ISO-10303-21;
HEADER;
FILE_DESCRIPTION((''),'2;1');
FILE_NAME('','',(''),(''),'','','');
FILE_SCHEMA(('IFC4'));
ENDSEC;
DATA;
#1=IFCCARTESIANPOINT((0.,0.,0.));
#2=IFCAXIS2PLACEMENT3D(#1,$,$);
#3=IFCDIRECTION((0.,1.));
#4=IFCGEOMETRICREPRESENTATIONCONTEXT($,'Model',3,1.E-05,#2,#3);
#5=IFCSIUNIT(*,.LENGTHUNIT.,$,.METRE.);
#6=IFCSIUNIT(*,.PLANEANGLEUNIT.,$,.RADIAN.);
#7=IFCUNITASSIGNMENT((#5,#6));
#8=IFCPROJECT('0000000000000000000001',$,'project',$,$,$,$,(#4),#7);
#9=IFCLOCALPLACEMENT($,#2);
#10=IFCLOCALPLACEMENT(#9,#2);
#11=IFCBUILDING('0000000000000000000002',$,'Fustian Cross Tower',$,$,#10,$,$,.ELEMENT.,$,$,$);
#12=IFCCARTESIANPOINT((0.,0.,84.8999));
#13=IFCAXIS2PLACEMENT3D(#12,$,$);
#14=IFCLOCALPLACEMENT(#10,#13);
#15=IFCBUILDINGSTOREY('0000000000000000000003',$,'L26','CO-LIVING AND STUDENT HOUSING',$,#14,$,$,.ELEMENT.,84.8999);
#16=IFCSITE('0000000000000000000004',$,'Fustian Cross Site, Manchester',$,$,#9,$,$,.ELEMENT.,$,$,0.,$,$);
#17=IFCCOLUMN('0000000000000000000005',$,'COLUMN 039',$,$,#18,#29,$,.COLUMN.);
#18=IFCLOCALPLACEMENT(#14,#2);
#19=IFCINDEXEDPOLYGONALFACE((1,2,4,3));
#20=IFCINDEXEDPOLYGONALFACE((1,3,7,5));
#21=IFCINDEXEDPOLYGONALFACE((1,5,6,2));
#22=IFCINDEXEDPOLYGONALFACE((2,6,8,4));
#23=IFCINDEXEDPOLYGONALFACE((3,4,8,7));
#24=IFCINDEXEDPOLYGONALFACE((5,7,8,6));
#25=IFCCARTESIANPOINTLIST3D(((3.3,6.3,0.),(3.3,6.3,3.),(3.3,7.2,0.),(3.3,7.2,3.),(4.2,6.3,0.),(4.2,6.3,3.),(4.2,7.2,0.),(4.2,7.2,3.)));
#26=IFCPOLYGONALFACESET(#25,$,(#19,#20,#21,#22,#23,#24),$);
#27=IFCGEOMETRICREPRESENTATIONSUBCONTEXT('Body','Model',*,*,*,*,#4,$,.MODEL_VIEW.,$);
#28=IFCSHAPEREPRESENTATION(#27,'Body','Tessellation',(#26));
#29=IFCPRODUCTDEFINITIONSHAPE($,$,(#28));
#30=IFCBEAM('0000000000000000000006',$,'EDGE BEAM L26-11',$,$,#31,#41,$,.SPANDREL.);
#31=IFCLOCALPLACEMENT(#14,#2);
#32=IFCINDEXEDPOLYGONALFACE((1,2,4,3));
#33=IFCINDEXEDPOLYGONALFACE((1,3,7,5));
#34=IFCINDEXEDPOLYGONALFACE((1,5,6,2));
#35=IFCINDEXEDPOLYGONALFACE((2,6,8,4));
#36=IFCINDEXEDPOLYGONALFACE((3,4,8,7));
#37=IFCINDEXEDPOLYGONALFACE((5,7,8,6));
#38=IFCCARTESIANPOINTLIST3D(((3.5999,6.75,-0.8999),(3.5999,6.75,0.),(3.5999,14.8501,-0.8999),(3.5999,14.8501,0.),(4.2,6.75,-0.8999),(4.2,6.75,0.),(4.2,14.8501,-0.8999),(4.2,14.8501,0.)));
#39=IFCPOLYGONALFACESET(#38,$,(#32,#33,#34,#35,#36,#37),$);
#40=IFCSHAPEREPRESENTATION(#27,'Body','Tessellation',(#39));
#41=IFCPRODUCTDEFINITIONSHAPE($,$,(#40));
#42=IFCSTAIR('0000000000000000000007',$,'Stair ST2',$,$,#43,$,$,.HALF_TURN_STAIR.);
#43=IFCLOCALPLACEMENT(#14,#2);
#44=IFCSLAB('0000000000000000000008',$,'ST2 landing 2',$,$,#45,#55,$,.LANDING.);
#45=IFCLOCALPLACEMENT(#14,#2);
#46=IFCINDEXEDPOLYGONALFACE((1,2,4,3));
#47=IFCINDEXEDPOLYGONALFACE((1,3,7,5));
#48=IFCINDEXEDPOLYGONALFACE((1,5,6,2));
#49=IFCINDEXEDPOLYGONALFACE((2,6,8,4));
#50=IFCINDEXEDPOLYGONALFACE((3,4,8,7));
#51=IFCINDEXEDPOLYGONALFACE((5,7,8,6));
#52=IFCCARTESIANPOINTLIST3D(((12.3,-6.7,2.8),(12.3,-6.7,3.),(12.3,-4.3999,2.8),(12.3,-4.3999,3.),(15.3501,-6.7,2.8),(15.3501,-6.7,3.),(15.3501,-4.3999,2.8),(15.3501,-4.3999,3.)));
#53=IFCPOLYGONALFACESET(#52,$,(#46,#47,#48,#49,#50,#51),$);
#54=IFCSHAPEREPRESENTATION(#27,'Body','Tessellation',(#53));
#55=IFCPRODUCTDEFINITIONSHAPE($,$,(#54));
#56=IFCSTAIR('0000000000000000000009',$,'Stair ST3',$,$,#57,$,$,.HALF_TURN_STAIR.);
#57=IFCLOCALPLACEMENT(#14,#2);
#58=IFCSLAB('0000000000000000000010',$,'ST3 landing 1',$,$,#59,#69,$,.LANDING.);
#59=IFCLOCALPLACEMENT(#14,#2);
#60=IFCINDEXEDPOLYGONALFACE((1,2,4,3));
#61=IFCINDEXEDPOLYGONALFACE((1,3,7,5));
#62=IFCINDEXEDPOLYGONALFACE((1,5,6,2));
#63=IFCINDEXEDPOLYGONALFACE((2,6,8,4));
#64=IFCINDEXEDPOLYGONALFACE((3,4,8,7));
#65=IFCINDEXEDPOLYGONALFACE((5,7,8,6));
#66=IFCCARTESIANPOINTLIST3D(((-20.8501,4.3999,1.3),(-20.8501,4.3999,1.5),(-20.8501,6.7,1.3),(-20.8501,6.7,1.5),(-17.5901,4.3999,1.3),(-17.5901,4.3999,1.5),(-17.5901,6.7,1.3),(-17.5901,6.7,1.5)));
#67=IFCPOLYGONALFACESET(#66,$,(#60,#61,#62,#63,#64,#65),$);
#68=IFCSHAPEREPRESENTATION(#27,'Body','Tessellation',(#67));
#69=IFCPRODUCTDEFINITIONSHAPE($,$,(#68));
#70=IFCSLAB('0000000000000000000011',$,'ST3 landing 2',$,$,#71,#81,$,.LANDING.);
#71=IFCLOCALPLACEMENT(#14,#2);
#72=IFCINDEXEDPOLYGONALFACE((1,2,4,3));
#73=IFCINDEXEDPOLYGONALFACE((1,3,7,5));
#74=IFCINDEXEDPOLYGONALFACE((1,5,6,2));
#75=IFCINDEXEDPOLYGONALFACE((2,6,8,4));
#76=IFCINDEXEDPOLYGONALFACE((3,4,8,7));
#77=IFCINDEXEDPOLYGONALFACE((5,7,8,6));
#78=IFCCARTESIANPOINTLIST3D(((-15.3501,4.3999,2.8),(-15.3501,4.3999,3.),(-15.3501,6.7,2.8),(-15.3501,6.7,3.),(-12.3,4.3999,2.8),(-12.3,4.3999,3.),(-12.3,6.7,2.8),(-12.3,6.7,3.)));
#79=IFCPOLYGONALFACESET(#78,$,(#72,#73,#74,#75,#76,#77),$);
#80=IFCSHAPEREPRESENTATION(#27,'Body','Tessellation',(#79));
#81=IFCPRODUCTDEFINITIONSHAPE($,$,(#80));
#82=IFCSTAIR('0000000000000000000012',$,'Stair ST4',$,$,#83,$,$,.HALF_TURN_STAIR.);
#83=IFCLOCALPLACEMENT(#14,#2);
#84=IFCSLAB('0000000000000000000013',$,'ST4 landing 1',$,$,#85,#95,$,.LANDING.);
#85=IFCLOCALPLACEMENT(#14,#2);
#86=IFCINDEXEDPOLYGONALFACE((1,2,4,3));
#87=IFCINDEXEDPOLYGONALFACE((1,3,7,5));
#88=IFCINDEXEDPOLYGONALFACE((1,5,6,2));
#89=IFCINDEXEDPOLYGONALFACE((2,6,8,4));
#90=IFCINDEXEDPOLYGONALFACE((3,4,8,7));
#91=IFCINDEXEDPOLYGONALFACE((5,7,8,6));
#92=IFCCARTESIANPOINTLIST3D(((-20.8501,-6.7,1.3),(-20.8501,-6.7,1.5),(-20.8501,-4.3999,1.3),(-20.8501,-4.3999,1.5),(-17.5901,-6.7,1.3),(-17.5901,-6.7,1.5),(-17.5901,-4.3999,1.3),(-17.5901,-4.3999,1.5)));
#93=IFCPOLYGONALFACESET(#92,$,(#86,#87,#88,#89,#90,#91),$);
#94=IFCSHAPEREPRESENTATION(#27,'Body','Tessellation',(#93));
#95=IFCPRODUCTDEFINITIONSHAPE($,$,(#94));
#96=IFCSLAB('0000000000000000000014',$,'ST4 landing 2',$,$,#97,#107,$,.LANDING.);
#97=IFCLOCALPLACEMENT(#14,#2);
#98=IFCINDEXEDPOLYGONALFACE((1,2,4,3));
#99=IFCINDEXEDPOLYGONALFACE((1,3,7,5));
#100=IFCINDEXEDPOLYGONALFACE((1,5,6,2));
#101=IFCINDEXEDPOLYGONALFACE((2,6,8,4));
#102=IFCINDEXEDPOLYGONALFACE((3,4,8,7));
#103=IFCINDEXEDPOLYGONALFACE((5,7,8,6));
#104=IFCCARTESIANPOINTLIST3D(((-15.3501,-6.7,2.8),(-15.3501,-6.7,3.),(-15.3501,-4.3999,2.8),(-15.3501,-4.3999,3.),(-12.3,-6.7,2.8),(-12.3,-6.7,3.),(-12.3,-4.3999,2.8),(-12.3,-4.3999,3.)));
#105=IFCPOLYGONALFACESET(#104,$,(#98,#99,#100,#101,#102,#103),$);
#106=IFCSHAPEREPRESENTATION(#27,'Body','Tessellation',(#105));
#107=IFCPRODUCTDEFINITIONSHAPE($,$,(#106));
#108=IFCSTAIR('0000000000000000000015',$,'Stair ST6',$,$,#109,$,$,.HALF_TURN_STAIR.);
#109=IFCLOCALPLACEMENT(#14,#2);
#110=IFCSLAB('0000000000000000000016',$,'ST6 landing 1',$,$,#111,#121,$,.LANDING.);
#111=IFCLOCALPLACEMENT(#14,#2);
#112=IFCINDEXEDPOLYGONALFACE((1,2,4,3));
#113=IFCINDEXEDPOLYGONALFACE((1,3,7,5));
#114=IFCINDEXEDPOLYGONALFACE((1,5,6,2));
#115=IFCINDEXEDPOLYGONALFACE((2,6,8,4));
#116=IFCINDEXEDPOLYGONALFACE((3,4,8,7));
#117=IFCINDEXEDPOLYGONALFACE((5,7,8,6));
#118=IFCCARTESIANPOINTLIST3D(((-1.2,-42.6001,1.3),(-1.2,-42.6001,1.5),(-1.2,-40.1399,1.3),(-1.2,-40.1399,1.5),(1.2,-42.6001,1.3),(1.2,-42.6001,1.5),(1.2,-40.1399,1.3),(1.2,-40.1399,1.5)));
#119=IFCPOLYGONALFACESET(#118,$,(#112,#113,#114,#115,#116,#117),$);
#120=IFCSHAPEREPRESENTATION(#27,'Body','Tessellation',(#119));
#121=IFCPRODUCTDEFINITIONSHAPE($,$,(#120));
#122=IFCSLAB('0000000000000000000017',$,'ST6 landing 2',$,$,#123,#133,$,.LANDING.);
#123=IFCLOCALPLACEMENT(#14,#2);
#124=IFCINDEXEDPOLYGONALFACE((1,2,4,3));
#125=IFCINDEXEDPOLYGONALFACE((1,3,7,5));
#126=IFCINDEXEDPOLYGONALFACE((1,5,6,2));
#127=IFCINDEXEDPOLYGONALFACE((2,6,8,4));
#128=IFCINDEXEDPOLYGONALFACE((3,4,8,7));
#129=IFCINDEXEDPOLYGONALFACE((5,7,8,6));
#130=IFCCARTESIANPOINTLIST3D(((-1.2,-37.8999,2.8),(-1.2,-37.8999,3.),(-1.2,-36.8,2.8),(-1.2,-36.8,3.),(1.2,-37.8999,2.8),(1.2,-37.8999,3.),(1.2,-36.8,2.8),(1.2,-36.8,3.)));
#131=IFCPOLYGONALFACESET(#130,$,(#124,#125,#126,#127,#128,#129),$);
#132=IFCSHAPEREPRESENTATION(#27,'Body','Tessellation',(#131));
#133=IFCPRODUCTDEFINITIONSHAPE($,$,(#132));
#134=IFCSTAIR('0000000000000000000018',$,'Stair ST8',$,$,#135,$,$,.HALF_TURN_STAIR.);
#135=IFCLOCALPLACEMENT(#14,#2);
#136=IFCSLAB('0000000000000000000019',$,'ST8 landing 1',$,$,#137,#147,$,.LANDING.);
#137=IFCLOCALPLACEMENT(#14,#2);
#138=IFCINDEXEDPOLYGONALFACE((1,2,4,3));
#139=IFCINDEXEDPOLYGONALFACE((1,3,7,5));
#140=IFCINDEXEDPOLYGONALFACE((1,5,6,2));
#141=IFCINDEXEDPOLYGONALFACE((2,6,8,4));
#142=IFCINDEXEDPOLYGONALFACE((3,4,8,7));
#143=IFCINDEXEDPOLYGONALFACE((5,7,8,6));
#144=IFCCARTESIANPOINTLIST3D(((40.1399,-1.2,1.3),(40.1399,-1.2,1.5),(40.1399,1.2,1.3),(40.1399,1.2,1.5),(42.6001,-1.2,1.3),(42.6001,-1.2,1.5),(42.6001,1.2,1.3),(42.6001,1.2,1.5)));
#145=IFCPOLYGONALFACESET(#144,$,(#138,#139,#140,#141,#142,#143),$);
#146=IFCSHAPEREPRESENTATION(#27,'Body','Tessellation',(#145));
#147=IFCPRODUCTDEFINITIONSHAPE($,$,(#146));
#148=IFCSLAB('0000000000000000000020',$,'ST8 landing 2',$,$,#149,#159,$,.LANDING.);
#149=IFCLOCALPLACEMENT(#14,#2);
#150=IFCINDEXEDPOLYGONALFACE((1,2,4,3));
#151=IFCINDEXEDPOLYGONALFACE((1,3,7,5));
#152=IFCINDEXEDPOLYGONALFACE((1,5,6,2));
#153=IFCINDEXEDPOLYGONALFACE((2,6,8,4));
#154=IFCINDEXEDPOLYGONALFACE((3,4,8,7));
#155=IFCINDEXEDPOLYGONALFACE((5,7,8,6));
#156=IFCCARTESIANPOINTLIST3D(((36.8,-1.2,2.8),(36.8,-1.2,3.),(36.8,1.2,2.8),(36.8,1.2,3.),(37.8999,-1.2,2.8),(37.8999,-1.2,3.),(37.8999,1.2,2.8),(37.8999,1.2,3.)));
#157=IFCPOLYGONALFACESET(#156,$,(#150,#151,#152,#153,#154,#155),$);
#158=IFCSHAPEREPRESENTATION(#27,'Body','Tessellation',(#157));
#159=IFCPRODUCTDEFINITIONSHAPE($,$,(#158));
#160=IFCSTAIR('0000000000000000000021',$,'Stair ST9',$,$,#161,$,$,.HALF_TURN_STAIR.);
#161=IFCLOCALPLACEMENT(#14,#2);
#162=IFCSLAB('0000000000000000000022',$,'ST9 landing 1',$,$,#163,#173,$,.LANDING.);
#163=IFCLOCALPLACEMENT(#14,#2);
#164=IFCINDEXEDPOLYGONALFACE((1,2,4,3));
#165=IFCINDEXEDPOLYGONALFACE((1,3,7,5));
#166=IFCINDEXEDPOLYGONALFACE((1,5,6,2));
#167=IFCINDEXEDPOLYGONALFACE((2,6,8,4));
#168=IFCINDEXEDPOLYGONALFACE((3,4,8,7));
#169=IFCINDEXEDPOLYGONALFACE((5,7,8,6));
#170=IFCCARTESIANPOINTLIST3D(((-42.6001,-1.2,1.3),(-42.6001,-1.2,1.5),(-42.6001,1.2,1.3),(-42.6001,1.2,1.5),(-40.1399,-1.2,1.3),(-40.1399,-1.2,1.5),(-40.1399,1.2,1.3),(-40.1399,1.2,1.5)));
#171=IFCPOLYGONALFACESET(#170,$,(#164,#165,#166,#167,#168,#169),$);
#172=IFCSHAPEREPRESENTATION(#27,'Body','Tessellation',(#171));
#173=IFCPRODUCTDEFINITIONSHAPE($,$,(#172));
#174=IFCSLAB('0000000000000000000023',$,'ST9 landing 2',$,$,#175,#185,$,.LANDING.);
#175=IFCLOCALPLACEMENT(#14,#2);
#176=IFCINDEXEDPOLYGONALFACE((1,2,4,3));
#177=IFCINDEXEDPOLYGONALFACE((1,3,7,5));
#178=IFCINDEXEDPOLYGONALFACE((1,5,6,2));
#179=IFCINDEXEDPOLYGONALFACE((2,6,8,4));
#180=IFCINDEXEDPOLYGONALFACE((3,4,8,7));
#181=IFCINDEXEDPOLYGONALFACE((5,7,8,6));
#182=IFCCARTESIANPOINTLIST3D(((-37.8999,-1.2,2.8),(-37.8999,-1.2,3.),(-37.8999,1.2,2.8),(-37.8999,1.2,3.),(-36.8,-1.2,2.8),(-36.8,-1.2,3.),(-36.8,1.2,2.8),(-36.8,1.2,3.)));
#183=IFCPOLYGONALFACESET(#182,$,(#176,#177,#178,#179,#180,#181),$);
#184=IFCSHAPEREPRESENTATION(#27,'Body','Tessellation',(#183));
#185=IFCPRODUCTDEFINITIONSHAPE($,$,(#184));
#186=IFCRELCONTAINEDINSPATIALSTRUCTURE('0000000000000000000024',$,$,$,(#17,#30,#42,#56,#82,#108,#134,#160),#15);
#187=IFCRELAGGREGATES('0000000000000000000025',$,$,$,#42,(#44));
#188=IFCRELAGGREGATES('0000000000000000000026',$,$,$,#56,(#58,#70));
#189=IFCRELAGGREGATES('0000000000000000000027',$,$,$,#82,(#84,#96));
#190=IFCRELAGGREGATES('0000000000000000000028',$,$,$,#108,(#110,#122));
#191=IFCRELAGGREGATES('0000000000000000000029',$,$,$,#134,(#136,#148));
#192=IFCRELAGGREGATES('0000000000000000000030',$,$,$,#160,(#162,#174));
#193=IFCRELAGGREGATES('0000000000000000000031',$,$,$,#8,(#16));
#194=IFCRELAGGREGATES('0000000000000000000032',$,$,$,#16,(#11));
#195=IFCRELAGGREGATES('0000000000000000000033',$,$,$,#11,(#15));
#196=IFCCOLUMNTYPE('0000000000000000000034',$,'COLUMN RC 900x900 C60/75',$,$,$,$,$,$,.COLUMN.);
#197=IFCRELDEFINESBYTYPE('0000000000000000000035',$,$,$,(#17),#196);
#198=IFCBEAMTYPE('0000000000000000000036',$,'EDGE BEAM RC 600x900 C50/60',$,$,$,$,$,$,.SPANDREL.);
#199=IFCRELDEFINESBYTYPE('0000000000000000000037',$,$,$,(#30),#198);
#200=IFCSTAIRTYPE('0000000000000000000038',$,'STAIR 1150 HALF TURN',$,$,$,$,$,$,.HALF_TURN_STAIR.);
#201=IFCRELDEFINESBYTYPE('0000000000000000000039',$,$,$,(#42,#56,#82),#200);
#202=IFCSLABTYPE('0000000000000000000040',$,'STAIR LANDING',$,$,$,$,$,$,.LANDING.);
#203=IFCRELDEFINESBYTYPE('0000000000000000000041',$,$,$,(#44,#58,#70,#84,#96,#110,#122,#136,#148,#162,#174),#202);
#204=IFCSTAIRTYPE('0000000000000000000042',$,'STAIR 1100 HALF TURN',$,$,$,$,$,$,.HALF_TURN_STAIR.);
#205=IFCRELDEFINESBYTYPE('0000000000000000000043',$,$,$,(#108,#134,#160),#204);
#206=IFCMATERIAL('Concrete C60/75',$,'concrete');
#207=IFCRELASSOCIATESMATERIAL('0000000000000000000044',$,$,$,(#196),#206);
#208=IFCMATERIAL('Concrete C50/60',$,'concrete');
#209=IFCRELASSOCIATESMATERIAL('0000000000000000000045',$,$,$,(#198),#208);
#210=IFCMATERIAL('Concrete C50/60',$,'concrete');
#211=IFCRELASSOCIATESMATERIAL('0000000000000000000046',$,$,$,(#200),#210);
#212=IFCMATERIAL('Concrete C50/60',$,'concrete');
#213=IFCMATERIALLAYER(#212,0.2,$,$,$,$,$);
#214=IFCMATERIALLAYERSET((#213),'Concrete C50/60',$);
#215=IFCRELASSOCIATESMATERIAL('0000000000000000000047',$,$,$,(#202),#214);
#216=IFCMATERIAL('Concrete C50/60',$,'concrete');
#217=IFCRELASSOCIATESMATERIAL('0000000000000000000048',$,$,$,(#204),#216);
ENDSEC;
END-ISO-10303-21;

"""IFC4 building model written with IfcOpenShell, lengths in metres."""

from ifc_helpers import new_model, si_unit, direction, frame, origin, origin_2d, place, context, subcontext, project, spatial, polyline, rectangle, outline, extrude, material, layer, layer_set, material_profile, profile_set, type_object, element, aggregate, save


model = new_model("IFC4")

# Units and contexts
model_context = context("Model", 3, precision=1e-05, world=origin(), true_north=direction((0.0, 1.0)))
body_context = subcontext(model_context, "Body", "Model", "MODEL_VIEW")
ifc_project = project(units=[si_unit("LENGTHUNIT", "METRE"), si_unit("PLANEANGLEUNIT", "RADIAN")], contexts=[model_context])

# Site, building, storey
site_placement = place(None, origin())
site = spatial("IfcSite", under=ifc_project, at=site_placement, Name="Fustian Cross Site, Manchester", CompositionType="ELEMENT", RefElevation=0.0)
building_placement = place(site_placement, origin())
building = spatial("IfcBuilding", under=site, at=building_placement, Name="Fustian Cross Tower", CompositionType="ELEMENT")
storey_placement = place(building_placement, frame((0.0, 0.0, 84.8999)))
storey = spatial("IfcBuildingStorey", under=building, at=storey_placement, Name="L26", Description="CO-LIVING AND STUDENT HOUSING", CompositionType="ELEMENT", Elevation=84.8999)

# Column
ifc_material_1 = material(Name="Concrete C60/75", Category="concrete")
ifc_material_profile_1 = material_profile(ifc_material_1, rectangle(XDim=0.8999, YDim=0.8999, at=origin_2d()), Name="RC 900x900")
ifc_profile_set_1 = profile_set([ifc_material_profile_1], Name="Concrete C60/75")
column_type = type_object("IfcColumnType", Name="COLUMN RC 900x900 C60/75", PredefinedType="COLUMN", material=ifc_profile_set_1)
column_placement = place(storey_placement, frame((3.75, 6.75, 0.0), z_axis=(0.0, 0.0, 1.0), x_axis=(1.0, 0.0, 0.0)))
element("IfcColumn", 1, at=column_placement, inside=storey, type_object=column_type, Name="COLUMN 039", PredefinedType="COLUMN", context=body_context, shape_type="SweptSolid", body=[
    extrude(rectangle(XDim=0.8999, YDim=0.8999, at=origin_2d()), origin(), (0.0, 0.0, 1.0), 3.0),
])

# Beam
ifc_material_2 = material(Name="Concrete C50/60", Category="concrete")
ifc_material_profile_2 = material_profile(ifc_material_2, rectangle(XDim=0.6001, YDim=0.8999, at=origin_2d()), Name="RC 600x900")
ifc_profile_set_2 = profile_set([ifc_material_profile_2], Name="Concrete C50/60")
beam_type = type_object("IfcBeamType", Name="EDGE BEAM RC 600x900 C50/60", PredefinedType="SPANDREL", material=ifc_profile_set_2)
beam_placement = place(storey_placement, frame((3.8999, 6.75, -0.45), z_axis=(0.0, 1.0, 0.0), x_axis=(-1.0, 0.0, 0.0)))
element("IfcBeam", 2, at=beam_placement, inside=storey, type_object=beam_type, Name="EDGE BEAM L26-11", PredefinedType="SPANDREL", context=body_context, shape_type="SweptSolid", body=[
    extrude(rectangle(XDim=0.6001, YDim=0.8999, at=origin_2d()), origin(), (0.0, 0.0, 1.0), 8.1001),
])

# Stair, slab
ifc_material_3 = material(Name="Concrete C50/60", Category="concrete")
stair_type_1 = type_object("IfcStairType", Name="STAIR 1150 HALF TURN", PredefinedType="HALF_TURN_STAIR", material=ifc_material_3)
stair_1_placement = place(storey_placement, origin())
stair_1 = element("IfcStair", 3, at=stair_1_placement, inside=storey, type_object=stair_type_1, Name="Stair ST2", PredefinedType="HALF_TURN_STAIR")
ifc_material_4 = material(Name="Concrete C50/60", Category="concrete")
ifc_layer_1 = layer(ifc_material_4, 0.2)
ifc_layer_set_1 = layer_set([ifc_layer_1], Name="Concrete C50/60")
slab_type = type_object("IfcSlabType", Name="STAIR LANDING", PredefinedType="LANDING", material=ifc_layer_set_1)
slab_1_placement = place(storey_placement, frame((0.0, 0.0, 2.8)))
slab_1 = element("IfcSlab", 4, at=slab_1_placement, type_object=slab_type, Name="ST2 landing 2", PredefinedType="LANDING", context=body_context, shape_type="SweptSolid", body=[
    extrude(outline(polyline([(12.3, -4.3999), (15.3501, -4.3999), (15.3501, -6.7), (12.3, -6.7), (12.3, -4.3999)])), origin(), (0.0, 0.0, 1.0), 0.2),
])
aggregate(stair_1, [slab_1])

# Stairs, slabs
stair_2_placement = place(storey_placement, origin())
stair_2 = element("IfcStair", 5, at=stair_2_placement, inside=storey, type_object=stair_type_1, Name="Stair ST3", PredefinedType="HALF_TURN_STAIR")
slab_2_placement = place(storey_placement, frame((0.0, 0.0, 1.3)))
slab_2 = element("IfcSlab", 6, at=slab_2_placement, type_object=slab_type, Name="ST3 landing 1", PredefinedType="LANDING", context=body_context, shape_type="SweptSolid", body=[
    extrude(outline(polyline([(-17.5901, 4.3999), (-20.8501, 4.3999), (-20.8501, 6.7), (-17.5901, 6.7), (-17.5901, 4.3999)])), origin(), (0.0, 0.0, 1.0), 0.2),
])
slab_3_placement = place(storey_placement, frame((0.0, 0.0, 2.8)))
slab_3 = element("IfcSlab", 7, at=slab_3_placement, type_object=slab_type, Name="ST3 landing 2", PredefinedType="LANDING", context=body_context, shape_type="SweptSolid", body=[
    extrude(outline(polyline([(-12.3, 4.3999), (-15.3501, 4.3999), (-15.3501, 6.7), (-12.3, 6.7), (-12.3, 4.3999)])), origin(), (0.0, 0.0, 1.0), 0.2),
])
aggregate(stair_2, [slab_2, slab_3])
stair_3_placement = place(storey_placement, origin())
stair_3 = element("IfcStair", 8, at=stair_3_placement, inside=storey, type_object=stair_type_1, Name="Stair ST4", PredefinedType="HALF_TURN_STAIR")
slab_4_placement = place(storey_placement, frame((0.0, 0.0, 1.3)))
slab_4 = element("IfcSlab", 9, at=slab_4_placement, type_object=slab_type, Name="ST4 landing 1", PredefinedType="LANDING", context=body_context, shape_type="SweptSolid", body=[
    extrude(outline(polyline([(-17.5901, -4.3999), (-20.8501, -4.3999), (-20.8501, -6.7), (-17.5901, -6.7), (-17.5901, -4.3999)])), origin(), (0.0, 0.0, 1.0), 0.2),
])
slab_5_placement = place(storey_placement, frame((0.0, 0.0, 2.8)))
slab_5 = element("IfcSlab", 10, at=slab_5_placement, type_object=slab_type, Name="ST4 landing 2", PredefinedType="LANDING", context=body_context, shape_type="SweptSolid", body=[
    extrude(outline(polyline([(-12.3, -4.3999), (-15.3501, -4.3999), (-15.3501, -6.7), (-12.3, -6.7), (-12.3, -4.3999)])), origin(), (0.0, 0.0, 1.0), 0.2),
])
aggregate(stair_3, [slab_4, slab_5])
ifc_material_5 = material(Name="Concrete C50/60", Category="concrete")
stair_type_2 = type_object("IfcStairType", Name="STAIR 1100 HALF TURN", PredefinedType="HALF_TURN_STAIR", material=ifc_material_5)
stair_4_placement = place(storey_placement, origin())
stair_4 = element("IfcStair", 11, at=stair_4_placement, inside=storey, type_object=stair_type_2, Name="Stair ST6", PredefinedType="HALF_TURN_STAIR")
slab_6_placement = place(storey_placement, frame((0.0, 0.0, 1.3)))
slab_6 = element("IfcSlab", 12, at=slab_6_placement, type_object=slab_type, Name="ST6 landing 1", PredefinedType="LANDING", context=body_context, shape_type="SweptSolid", body=[
    extrude(outline(polyline([(-1.2, -40.1399), (-1.2, -42.6001), (1.2, -42.6001), (1.2, -40.1399), (-1.2, -40.1399)])), origin(), (0.0, 0.0, 1.0), 0.2),
])
slab_7_placement = place(storey_placement, frame((0.0, 0.0, 2.8)))
slab_7 = element("IfcSlab", 13, at=slab_7_placement, type_object=slab_type, Name="ST6 landing 2", PredefinedType="LANDING", context=body_context, shape_type="SweptSolid", body=[
    extrude(outline(polyline([(-1.2, -36.8), (-1.2, -37.8999), (1.2, -37.8999), (1.2, -36.8), (-1.2, -36.8)])), origin(), (0.0, 0.0, 1.0), 0.2),
])
aggregate(stair_4, [slab_6, slab_7])
stair_5_placement = place(storey_placement, origin())
stair_5 = element("IfcStair", 14, at=stair_5_placement, inside=storey, type_object=stair_type_2, Name="Stair ST8", PredefinedType="HALF_TURN_STAIR")
slab_8_placement = place(storey_placement, frame((0.0, 0.0, 1.3)))
slab_8 = element("IfcSlab", 15, at=slab_8_placement, type_object=slab_type, Name="ST8 landing 1", PredefinedType="LANDING", context=body_context, shape_type="SweptSolid", body=[
    extrude(outline(polyline([(40.1399, -1.2), (42.6001, -1.2), (42.6001, 1.2), (40.1399, 1.2), (40.1399, -1.2)])), origin(), (0.0, 0.0, 1.0), 0.2),
])
slab_9_placement = place(storey_placement, frame((0.0, 0.0, 2.8)))
slab_9 = element("IfcSlab", 16, at=slab_9_placement, type_object=slab_type, Name="ST8 landing 2", PredefinedType="LANDING", context=body_context, shape_type="SweptSolid", body=[
    extrude(outline(polyline([(36.8, -1.2), (37.8999, -1.2), (37.8999, 1.2), (36.8, 1.2), (36.8, -1.2)])), origin(), (0.0, 0.0, 1.0), 0.2),
])
aggregate(stair_5, [slab_8, slab_9])
stair_6_placement = place(storey_placement, origin())
stair_6 = element("IfcStair", 17, at=stair_6_placement, inside=storey, type_object=stair_type_2, Name="Stair ST9", PredefinedType="HALF_TURN_STAIR")
slab_10_placement = place(storey_placement, frame((0.0, 0.0, 1.3)))
slab_10 = element("IfcSlab", 18, at=slab_10_placement, type_object=slab_type, Name="ST9 landing 1", PredefinedType="LANDING", context=body_context, shape_type="SweptSolid", body=[
    extrude(outline(polyline([(-40.1399, -1.2), (-42.6001, -1.2), (-42.6001, 1.2), (-40.1399, 1.2), (-40.1399, -1.2)])), origin(), (0.0, 0.0, 1.0), 0.2),
])
slab_11_placement = place(storey_placement, frame((0.0, 0.0, 2.8)))
slab_11 = element("IfcSlab", 19, at=slab_11_placement, type_object=slab_type, Name="ST9 landing 2", PredefinedType="LANDING", context=body_context, shape_type="SweptSolid", body=[
    extrude(outline(polyline([(-36.8, -1.2), (-37.8999, -1.2), (-37.8999, 1.2), (-36.8, 1.2), (-36.8, -1.2)])), origin(), (0.0, 0.0, 1.0), 0.2),
])
aggregate(stair_6, [slab_10, slab_11])

save(model, "model.ifc")
